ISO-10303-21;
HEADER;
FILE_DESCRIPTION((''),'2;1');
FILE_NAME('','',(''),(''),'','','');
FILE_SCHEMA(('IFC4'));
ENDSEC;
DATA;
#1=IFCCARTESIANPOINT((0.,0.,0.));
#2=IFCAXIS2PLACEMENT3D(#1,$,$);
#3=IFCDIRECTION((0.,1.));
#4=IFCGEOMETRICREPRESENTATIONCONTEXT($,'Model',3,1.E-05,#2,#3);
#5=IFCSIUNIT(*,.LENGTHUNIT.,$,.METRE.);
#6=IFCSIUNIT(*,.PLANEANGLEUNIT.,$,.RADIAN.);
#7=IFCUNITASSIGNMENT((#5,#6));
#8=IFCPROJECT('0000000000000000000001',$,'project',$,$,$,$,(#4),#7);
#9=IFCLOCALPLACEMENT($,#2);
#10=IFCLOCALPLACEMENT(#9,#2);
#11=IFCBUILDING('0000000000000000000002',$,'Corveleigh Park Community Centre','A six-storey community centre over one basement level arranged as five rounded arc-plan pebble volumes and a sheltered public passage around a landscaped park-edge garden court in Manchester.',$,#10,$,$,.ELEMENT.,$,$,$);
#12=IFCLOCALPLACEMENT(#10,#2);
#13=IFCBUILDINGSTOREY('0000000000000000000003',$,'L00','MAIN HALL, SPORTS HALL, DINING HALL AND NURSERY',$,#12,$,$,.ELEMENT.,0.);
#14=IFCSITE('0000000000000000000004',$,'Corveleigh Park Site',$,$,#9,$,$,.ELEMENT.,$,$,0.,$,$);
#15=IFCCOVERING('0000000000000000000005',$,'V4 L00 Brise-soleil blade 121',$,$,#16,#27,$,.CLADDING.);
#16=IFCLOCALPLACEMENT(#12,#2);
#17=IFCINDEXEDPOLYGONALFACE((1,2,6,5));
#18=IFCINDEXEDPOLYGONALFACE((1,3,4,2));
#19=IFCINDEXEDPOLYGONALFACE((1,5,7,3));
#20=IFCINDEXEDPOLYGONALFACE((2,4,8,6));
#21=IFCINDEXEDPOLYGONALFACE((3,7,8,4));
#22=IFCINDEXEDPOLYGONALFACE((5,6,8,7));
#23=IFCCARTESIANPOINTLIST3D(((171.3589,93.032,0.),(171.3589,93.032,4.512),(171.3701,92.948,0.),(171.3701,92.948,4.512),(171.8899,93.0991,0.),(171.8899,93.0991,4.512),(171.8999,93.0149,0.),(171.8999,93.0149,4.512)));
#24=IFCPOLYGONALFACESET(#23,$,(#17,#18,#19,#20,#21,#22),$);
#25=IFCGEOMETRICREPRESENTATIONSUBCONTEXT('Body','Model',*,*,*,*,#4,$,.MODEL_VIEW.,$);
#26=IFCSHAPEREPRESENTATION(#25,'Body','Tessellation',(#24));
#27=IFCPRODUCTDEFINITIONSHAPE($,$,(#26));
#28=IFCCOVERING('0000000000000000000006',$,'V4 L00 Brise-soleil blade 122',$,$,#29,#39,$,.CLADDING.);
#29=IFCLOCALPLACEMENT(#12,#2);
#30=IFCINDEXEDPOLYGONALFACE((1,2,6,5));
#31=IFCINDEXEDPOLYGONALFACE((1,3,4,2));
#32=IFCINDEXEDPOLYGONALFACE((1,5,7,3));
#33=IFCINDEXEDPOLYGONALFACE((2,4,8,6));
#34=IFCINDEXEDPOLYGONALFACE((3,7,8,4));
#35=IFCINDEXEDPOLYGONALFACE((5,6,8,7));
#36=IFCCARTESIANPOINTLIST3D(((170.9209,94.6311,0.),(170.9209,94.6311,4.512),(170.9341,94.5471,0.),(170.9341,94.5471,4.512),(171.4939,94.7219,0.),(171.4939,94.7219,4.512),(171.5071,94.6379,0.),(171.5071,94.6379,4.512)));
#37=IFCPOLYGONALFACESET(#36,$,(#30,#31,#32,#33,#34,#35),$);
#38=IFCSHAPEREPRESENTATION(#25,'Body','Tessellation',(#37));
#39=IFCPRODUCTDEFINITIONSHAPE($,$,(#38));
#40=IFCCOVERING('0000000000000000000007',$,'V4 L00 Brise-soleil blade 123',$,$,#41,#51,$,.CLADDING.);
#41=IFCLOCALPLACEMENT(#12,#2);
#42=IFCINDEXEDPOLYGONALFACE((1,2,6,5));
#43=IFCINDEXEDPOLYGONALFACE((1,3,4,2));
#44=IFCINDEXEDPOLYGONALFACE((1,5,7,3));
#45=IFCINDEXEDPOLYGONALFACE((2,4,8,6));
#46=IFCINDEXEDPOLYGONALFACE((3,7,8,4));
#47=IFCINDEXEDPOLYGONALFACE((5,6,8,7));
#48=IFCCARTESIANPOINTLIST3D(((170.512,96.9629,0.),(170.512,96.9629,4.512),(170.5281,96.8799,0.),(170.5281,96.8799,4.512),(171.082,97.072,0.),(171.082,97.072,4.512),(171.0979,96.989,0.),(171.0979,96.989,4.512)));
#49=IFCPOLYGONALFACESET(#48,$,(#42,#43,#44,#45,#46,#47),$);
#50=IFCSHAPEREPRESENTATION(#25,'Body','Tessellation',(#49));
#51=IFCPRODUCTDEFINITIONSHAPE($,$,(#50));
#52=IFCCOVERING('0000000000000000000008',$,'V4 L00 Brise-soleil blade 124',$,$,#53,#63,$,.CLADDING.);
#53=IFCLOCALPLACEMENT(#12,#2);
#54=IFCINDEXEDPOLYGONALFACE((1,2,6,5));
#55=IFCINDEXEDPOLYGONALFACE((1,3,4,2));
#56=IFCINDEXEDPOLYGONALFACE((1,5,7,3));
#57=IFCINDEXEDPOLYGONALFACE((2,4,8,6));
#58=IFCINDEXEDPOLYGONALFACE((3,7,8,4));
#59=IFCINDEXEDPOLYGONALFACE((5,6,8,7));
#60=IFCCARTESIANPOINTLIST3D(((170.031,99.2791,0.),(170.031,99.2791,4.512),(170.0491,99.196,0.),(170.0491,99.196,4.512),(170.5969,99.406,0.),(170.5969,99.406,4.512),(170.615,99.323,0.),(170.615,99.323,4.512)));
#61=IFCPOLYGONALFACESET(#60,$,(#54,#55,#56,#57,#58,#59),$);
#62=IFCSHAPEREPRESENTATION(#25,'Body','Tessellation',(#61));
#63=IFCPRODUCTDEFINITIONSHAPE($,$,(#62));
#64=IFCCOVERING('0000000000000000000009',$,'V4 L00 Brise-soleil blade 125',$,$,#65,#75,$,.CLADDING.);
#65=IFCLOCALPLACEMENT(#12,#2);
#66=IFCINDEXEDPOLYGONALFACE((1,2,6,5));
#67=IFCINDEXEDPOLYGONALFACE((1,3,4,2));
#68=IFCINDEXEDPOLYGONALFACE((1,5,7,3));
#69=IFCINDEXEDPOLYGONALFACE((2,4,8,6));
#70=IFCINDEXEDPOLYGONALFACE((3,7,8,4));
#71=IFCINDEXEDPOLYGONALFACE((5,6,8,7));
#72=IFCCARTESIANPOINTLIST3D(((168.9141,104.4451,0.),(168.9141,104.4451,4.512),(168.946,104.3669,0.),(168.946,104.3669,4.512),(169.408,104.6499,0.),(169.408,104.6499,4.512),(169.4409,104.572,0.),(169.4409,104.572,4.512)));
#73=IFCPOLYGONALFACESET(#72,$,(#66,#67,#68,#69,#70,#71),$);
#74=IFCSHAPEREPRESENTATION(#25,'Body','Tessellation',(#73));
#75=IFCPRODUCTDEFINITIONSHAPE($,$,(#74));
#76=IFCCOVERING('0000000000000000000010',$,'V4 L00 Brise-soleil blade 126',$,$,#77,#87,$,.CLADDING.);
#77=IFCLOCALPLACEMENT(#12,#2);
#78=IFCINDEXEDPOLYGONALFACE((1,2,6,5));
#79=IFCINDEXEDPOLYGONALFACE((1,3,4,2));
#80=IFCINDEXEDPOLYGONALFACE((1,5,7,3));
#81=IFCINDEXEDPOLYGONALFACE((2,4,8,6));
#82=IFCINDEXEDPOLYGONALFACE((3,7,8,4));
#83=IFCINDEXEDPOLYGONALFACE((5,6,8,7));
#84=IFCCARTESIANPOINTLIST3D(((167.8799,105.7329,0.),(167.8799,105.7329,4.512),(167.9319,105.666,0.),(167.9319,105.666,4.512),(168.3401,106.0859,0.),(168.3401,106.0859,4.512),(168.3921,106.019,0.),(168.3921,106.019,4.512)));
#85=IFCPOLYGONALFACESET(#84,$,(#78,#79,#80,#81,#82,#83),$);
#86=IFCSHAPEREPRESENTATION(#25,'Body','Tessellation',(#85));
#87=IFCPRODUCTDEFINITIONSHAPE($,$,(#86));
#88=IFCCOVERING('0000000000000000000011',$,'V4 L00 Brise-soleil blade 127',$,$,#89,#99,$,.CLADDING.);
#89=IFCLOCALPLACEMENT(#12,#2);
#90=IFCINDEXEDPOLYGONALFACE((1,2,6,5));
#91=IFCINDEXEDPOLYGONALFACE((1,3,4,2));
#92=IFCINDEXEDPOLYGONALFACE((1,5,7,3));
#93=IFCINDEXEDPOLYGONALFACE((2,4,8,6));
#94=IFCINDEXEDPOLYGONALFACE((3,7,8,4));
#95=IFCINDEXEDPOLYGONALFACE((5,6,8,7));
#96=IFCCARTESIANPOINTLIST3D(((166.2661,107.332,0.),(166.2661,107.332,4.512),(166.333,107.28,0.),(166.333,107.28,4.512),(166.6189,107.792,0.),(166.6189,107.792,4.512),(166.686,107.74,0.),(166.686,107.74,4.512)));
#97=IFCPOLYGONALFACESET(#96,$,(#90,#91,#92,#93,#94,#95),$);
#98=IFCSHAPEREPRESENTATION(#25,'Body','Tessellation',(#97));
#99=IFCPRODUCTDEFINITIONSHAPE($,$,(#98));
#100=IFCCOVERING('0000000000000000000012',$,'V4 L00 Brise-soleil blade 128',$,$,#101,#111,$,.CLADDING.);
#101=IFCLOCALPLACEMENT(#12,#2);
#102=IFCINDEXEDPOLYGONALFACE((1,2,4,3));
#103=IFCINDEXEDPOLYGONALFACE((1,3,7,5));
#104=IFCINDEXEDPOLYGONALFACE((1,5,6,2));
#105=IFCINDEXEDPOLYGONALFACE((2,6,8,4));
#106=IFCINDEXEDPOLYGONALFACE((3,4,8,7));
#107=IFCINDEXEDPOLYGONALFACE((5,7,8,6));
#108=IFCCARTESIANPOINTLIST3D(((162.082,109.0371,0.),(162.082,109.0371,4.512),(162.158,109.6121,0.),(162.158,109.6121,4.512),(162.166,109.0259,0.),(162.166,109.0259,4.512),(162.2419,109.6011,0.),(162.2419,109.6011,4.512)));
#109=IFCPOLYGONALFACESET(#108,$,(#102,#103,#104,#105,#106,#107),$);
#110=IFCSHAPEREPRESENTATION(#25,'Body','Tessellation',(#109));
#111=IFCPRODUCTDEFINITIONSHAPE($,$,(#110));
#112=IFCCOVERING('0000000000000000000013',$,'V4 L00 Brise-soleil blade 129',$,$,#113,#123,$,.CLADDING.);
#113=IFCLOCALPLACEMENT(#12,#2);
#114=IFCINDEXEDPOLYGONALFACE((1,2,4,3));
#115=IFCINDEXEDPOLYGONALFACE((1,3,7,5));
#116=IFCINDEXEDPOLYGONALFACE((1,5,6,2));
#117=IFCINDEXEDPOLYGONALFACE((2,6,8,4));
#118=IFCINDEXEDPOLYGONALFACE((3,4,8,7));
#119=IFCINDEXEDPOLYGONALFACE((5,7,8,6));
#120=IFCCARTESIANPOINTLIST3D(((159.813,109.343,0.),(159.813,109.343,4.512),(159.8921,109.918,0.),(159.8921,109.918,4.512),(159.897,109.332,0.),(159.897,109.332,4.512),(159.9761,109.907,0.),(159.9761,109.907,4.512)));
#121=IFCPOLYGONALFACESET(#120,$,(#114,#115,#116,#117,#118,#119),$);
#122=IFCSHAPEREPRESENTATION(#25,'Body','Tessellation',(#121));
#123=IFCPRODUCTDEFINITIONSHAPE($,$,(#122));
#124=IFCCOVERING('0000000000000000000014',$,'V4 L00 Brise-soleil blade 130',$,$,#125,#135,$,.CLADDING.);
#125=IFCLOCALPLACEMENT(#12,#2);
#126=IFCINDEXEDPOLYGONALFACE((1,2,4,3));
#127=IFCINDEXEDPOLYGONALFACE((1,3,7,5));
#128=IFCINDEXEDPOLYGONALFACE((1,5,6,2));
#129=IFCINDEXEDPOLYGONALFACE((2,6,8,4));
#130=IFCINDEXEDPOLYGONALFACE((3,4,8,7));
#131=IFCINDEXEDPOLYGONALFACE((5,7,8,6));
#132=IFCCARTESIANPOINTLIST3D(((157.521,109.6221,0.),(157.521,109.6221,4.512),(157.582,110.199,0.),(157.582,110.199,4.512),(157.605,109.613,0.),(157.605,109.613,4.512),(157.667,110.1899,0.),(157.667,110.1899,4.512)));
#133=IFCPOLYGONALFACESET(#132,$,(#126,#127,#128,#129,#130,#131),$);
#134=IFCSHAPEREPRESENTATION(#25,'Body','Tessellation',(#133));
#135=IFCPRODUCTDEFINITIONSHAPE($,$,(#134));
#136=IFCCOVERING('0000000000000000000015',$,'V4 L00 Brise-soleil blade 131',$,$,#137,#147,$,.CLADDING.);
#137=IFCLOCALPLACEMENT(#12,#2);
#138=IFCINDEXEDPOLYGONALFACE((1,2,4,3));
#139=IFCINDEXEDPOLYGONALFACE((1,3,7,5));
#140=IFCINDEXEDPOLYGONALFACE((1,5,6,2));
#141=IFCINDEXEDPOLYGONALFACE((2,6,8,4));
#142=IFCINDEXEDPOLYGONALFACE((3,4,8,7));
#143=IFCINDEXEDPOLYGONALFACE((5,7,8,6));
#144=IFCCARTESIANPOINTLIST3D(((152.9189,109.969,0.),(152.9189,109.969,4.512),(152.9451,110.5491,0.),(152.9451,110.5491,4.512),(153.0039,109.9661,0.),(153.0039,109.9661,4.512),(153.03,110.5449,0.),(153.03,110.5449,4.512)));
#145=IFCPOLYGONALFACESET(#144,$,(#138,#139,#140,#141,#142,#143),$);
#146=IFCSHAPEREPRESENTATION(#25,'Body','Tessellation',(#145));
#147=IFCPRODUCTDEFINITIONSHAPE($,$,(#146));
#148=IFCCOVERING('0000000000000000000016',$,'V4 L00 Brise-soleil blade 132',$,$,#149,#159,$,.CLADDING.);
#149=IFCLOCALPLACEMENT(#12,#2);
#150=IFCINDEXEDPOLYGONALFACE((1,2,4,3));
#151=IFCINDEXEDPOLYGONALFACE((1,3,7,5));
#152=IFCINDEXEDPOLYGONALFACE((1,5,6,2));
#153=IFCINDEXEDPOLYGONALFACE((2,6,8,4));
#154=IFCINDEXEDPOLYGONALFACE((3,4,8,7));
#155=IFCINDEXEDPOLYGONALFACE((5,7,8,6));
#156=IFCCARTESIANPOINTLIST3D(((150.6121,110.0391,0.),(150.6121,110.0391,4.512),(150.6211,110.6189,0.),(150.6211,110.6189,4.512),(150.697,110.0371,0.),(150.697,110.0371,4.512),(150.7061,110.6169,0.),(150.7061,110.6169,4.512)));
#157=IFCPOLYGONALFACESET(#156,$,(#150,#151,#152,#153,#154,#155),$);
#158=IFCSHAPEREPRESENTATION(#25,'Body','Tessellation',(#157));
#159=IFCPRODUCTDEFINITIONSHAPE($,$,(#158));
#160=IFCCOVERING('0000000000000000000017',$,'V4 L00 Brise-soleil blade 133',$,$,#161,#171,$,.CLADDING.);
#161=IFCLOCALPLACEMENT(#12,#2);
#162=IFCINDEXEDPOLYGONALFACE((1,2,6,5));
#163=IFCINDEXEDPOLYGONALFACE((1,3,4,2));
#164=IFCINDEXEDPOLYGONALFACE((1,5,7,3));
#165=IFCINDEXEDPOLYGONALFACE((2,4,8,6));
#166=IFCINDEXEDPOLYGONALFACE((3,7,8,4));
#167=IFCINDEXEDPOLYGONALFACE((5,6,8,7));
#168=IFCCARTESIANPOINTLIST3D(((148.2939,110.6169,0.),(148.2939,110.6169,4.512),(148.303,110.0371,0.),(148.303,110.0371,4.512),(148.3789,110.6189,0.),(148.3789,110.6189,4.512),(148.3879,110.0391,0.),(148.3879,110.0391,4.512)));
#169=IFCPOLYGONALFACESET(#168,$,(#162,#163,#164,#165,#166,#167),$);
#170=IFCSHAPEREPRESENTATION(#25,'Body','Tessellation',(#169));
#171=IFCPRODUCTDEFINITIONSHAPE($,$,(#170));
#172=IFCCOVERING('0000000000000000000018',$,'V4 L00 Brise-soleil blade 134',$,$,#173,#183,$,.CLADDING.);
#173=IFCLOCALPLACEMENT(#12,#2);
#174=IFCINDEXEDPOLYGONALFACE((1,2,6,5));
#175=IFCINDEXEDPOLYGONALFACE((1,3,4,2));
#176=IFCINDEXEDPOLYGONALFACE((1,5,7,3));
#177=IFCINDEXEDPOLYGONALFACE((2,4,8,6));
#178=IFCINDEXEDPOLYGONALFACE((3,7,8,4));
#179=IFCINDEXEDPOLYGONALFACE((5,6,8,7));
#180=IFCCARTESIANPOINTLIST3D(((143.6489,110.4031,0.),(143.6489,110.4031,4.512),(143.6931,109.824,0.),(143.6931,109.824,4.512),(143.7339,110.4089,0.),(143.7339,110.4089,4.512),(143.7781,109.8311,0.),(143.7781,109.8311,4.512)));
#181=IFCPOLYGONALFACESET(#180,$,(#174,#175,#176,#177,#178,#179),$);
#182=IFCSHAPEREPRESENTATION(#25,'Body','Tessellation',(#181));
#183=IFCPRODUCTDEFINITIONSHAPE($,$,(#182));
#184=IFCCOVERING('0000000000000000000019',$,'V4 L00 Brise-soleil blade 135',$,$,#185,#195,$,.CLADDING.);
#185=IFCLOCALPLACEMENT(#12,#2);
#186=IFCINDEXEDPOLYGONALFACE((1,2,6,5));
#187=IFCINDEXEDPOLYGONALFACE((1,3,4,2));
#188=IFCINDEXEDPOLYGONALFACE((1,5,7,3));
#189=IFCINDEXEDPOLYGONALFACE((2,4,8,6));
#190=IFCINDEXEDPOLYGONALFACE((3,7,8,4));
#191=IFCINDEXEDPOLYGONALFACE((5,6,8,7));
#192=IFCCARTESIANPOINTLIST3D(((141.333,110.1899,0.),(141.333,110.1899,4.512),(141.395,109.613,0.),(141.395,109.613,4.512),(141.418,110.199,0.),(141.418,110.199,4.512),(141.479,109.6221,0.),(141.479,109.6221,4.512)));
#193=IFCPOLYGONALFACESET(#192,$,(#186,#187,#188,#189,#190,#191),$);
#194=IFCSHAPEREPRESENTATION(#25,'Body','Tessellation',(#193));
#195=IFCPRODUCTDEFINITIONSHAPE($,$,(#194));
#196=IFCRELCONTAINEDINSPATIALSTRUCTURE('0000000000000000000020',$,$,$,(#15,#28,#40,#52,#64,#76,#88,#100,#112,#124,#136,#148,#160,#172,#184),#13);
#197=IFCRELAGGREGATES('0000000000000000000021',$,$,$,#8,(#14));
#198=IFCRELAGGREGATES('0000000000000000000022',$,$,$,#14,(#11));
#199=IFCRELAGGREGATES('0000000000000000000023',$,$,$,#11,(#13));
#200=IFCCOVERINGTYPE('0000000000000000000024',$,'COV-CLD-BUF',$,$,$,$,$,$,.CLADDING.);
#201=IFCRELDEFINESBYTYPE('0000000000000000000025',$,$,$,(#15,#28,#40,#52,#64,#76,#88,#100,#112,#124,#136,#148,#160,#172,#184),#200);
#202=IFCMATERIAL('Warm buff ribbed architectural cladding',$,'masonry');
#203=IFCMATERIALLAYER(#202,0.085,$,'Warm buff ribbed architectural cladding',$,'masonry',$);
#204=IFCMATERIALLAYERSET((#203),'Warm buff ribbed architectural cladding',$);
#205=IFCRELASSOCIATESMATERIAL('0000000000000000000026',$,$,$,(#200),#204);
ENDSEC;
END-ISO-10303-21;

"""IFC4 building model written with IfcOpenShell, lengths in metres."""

from ifc_helpers import new_model, si_unit, direction, origin, place, context, subcontext, project, spatial, polyline, outline, extrude, material, layer, layer_set, type_object, element, save


model = new_model("IFC4")

# Units and contexts
model_context = context("Model", 3, precision=1e-05, world=origin(), true_north=direction((0.0, 1.0)))
body_context = subcontext(model_context, "Body", "Model", "MODEL_VIEW")
ifc_project = project(units=[si_unit("LENGTHUNIT", "METRE"), si_unit("PLANEANGLEUNIT", "RADIAN")], contexts=[model_context])

# Site, building, storey
site_placement = place(None, origin())
site = spatial("IfcSite", under=ifc_project, at=site_placement, Name="Corveleigh Park Site", CompositionType="ELEMENT", RefElevation=0.0)
building_placement = place(site_placement, origin())
building = spatial("IfcBuilding", under=site, at=building_placement, Name="Corveleigh Park Community Centre", Description="A six-storey community centre over one basement level arranged as five rounded arc-plan pebble volumes and a sheltered public passage around a landscaped park-edge garden court in Manchester.", CompositionType="ELEMENT")
storey_placement = place(building_placement, origin())
storey = spatial("IfcBuildingStorey", under=building, at=storey_placement, Name="L00", Description="MAIN HALL, SPORTS HALL, DINING HALL AND NURSERY", CompositionType="ELEMENT", Elevation=0.0)

# Coverings
ifc_material = material(Name="Warm buff ribbed architectural cladding", Category="masonry")
ifc_layer = layer(ifc_material, 0.085, Name="Warm buff ribbed architectural cladding", Category="masonry")
ifc_layer_set = layer_set([ifc_layer], Name="Warm buff ribbed architectural cladding")
covering_type = type_object("IfcCoveringType", Name="COV-CLD-BUF", PredefinedType="CLADDING", material=ifc_layer_set)
covering_1_placement = place(storey_placement, origin())
element("IfcCovering", 1, at=covering_1_placement, inside=storey, type_object=covering_type, Name="V4 L00 Brise-soleil blade 121", PredefinedType="CLADDING", context=body_context, shape_type="SweptSolid", body=[
    extrude(outline(polyline([(171.3589, 93.032), (171.3701, 92.948), (171.8999, 93.0149), (171.8899, 93.0991), (171.3589, 93.032)])), origin(), (0.0, 0.0, 1.0), 4.512),
])
covering_2_placement = place(storey_placement, origin())
element("IfcCovering", 2, at=covering_2_placement, inside=storey, type_object=covering_type, Name="V4 L00 Brise-soleil blade 122", PredefinedType="CLADDING", context=body_context, shape_type="SweptSolid", body=[
    extrude(outline(polyline([(170.9209, 94.6311), (170.9341, 94.5471), (171.5071, 94.6379), (171.4939, 94.7219), (170.9209, 94.6311)])), origin(), (0.0, 0.0, 1.0), 4.512),
])
covering_3_placement = place(storey_placement, origin())
element("IfcCovering", 3, at=covering_3_placement, inside=storey, type_object=covering_type, Name="V4 L00 Brise-soleil blade 123", PredefinedType="CLADDING", context=body_context, shape_type="SweptSolid", body=[
    extrude(outline(polyline([(170.512, 96.9629), (170.5281, 96.8799), (171.0979, 96.989), (171.082, 97.072), (170.512, 96.9629)])), origin(), (0.0, 0.0, 1.0), 4.512),
])
covering_4_placement = place(storey_placement, origin())
element("IfcCovering", 4, at=covering_4_placement, inside=storey, type_object=covering_type, Name="V4 L00 Brise-soleil blade 124", PredefinedType="CLADDING", context=body_context, shape_type="SweptSolid", body=[
    extrude(outline(polyline([(170.031, 99.2791), (170.0491, 99.196), (170.615, 99.323), (170.5969, 99.406), (170.031, 99.2791)])), origin(), (0.0, 0.0, 1.0), 4.512),
])
covering_5_placement = place(storey_placement, origin())
element("IfcCovering", 5, at=covering_5_placement, inside=storey, type_object=covering_type, Name="V4 L00 Brise-soleil blade 125", PredefinedType="CLADDING", context=body_context, shape_type="SweptSolid", body=[
    extrude(outline(polyline([(168.9141, 104.4451), (168.946, 104.3669), (169.4409, 104.572), (169.408, 104.6499), (168.9141, 104.4451)])), origin(), (0.0, 0.0, 1.0), 4.512),
])
covering_6_placement = place(storey_placement, origin())
element("IfcCovering", 6, at=covering_6_placement, inside=storey, type_object=covering_type, Name="V4 L00 Brise-soleil blade 126", PredefinedType="CLADDING", context=body_context, shape_type="SweptSolid", body=[
    extrude(outline(polyline([(167.8799, 105.7329), (167.9319, 105.666), (168.3921, 106.019), (168.3401, 106.0859), (167.8799, 105.7329)])), origin(), (0.0, 0.0, 1.0), 4.512),
])
covering_7_placement = place(storey_placement, origin())
element("IfcCovering", 7, at=covering_7_placement, inside=storey, type_object=covering_type, Name="V4 L00 Brise-soleil blade 127", PredefinedType="CLADDING", context=body_context, shape_type="SweptSolid", body=[
    extrude(outline(polyline([(166.2661, 107.332), (166.333, 107.28), (166.686, 107.74), (166.6189, 107.792), (166.2661, 107.332)])), origin(), (0.0, 0.0, 1.0), 4.512),
])
covering_8_placement = place(storey_placement, origin())
element("IfcCovering", 8, at=covering_8_placement, inside=storey, type_object=covering_type, Name="V4 L00 Brise-soleil blade 128", PredefinedType="CLADDING", context=body_context, shape_type="SweptSolid", body=[
    extrude(outline(polyline([(162.082, 109.0371), (162.166, 109.0259), (162.2419, 109.6011), (162.158, 109.6121), (162.082, 109.0371)])), origin(), (0.0, 0.0, 1.0), 4.512),
])
covering_9_placement = place(storey_placement, origin())
element("IfcCovering", 9, at=covering_9_placement, inside=storey, type_object=covering_type, Name="V4 L00 Brise-soleil blade 129", PredefinedType="CLADDING", context=body_context, shape_type="SweptSolid", body=[
    extrude(outline(polyline([(159.813, 109.343), (159.897, 109.332), (159.9761, 109.907), (159.8921, 109.918), (159.813, 109.343)])), origin(), (0.0, 0.0, 1.0), 4.512),
])
covering_10_placement = place(storey_placement, origin())
element("IfcCovering", 10, at=covering_10_placement, inside=storey, type_object=covering_type, Name="V4 L00 Brise-soleil blade 130", PredefinedType="CLADDING", context=body_context, shape_type="SweptSolid", body=[
    extrude(outline(polyline([(157.521, 109.6221), (157.605, 109.613), (157.667, 110.1899), (157.582, 110.199), (157.521, 109.6221)])), origin(), (0.0, 0.0, 1.0), 4.512),
])
covering_11_placement = place(storey_placement, origin())
element("IfcCovering", 11, at=covering_11_placement, inside=storey, type_object=covering_type, Name="V4 L00 Brise-soleil blade 131", PredefinedType="CLADDING", context=body_context, shape_type="SweptSolid", body=[
    extrude(outline(polyline([(152.9189, 109.969), (153.0039, 109.9661), (153.03, 110.5449), (152.9451, 110.5491), (152.9189, 109.969)])), origin(), (0.0, 0.0, 1.0), 4.512),
])
covering_12_placement = place(storey_placement, origin())
element("IfcCovering", 12, at=covering_12_placement, inside=storey, type_object=covering_type, Name="V4 L00 Brise-soleil blade 132", PredefinedType="CLADDING", context=body_context, shape_type="SweptSolid", body=[
    extrude(outline(polyline([(150.6121, 110.0391), (150.697, 110.0371), (150.7061, 110.6169), (150.6211, 110.6189), (150.6121, 110.0391)])), origin(), (0.0, 0.0, 1.0), 4.512),
])
covering_13_placement = place(storey_placement, origin())
element("IfcCovering", 13, at=covering_13_placement, inside=storey, type_object=covering_type, Name="V4 L00 Brise-soleil blade 133", PredefinedType="CLADDING", context=body_context, shape_type="SweptSolid", body=[
    extrude(outline(polyline([(148.303, 110.0371), (148.3879, 110.0391), (148.3789, 110.6189), (148.2939, 110.6169), (148.303, 110.0371)])), origin(), (0.0, 0.0, 1.0), 4.512),
])
covering_14_placement = place(storey_placement, origin())
element("IfcCovering", 14, at=covering_14_placement, inside=storey, type_object=covering_type, Name="V4 L00 Brise-soleil blade 134", PredefinedType="CLADDING", context=body_context, shape_type="SweptSolid", body=[
    extrude(outline(polyline([(143.6931, 109.824), (143.7781, 109.8311), (143.7339, 110.4089), (143.6489, 110.4031), (143.6931, 109.824)])), origin(), (0.0, 0.0, 1.0), 4.512),
])
covering_15_placement = place(storey_placement, origin())
element("IfcCovering", 15, at=covering_15_placement, inside=storey, type_object=covering_type, Name="V4 L00 Brise-soleil blade 135", PredefinedType="CLADDING", context=body_context, shape_type="SweptSolid", body=[
    extrude(outline(polyline([(141.395, 109.613), (141.479, 109.6221), (141.418, 110.199), (141.333, 110.1899), (141.395, 109.613)])), origin(), (0.0, 0.0, 1.0), 4.512),
])

save(model, "model.ifc")
